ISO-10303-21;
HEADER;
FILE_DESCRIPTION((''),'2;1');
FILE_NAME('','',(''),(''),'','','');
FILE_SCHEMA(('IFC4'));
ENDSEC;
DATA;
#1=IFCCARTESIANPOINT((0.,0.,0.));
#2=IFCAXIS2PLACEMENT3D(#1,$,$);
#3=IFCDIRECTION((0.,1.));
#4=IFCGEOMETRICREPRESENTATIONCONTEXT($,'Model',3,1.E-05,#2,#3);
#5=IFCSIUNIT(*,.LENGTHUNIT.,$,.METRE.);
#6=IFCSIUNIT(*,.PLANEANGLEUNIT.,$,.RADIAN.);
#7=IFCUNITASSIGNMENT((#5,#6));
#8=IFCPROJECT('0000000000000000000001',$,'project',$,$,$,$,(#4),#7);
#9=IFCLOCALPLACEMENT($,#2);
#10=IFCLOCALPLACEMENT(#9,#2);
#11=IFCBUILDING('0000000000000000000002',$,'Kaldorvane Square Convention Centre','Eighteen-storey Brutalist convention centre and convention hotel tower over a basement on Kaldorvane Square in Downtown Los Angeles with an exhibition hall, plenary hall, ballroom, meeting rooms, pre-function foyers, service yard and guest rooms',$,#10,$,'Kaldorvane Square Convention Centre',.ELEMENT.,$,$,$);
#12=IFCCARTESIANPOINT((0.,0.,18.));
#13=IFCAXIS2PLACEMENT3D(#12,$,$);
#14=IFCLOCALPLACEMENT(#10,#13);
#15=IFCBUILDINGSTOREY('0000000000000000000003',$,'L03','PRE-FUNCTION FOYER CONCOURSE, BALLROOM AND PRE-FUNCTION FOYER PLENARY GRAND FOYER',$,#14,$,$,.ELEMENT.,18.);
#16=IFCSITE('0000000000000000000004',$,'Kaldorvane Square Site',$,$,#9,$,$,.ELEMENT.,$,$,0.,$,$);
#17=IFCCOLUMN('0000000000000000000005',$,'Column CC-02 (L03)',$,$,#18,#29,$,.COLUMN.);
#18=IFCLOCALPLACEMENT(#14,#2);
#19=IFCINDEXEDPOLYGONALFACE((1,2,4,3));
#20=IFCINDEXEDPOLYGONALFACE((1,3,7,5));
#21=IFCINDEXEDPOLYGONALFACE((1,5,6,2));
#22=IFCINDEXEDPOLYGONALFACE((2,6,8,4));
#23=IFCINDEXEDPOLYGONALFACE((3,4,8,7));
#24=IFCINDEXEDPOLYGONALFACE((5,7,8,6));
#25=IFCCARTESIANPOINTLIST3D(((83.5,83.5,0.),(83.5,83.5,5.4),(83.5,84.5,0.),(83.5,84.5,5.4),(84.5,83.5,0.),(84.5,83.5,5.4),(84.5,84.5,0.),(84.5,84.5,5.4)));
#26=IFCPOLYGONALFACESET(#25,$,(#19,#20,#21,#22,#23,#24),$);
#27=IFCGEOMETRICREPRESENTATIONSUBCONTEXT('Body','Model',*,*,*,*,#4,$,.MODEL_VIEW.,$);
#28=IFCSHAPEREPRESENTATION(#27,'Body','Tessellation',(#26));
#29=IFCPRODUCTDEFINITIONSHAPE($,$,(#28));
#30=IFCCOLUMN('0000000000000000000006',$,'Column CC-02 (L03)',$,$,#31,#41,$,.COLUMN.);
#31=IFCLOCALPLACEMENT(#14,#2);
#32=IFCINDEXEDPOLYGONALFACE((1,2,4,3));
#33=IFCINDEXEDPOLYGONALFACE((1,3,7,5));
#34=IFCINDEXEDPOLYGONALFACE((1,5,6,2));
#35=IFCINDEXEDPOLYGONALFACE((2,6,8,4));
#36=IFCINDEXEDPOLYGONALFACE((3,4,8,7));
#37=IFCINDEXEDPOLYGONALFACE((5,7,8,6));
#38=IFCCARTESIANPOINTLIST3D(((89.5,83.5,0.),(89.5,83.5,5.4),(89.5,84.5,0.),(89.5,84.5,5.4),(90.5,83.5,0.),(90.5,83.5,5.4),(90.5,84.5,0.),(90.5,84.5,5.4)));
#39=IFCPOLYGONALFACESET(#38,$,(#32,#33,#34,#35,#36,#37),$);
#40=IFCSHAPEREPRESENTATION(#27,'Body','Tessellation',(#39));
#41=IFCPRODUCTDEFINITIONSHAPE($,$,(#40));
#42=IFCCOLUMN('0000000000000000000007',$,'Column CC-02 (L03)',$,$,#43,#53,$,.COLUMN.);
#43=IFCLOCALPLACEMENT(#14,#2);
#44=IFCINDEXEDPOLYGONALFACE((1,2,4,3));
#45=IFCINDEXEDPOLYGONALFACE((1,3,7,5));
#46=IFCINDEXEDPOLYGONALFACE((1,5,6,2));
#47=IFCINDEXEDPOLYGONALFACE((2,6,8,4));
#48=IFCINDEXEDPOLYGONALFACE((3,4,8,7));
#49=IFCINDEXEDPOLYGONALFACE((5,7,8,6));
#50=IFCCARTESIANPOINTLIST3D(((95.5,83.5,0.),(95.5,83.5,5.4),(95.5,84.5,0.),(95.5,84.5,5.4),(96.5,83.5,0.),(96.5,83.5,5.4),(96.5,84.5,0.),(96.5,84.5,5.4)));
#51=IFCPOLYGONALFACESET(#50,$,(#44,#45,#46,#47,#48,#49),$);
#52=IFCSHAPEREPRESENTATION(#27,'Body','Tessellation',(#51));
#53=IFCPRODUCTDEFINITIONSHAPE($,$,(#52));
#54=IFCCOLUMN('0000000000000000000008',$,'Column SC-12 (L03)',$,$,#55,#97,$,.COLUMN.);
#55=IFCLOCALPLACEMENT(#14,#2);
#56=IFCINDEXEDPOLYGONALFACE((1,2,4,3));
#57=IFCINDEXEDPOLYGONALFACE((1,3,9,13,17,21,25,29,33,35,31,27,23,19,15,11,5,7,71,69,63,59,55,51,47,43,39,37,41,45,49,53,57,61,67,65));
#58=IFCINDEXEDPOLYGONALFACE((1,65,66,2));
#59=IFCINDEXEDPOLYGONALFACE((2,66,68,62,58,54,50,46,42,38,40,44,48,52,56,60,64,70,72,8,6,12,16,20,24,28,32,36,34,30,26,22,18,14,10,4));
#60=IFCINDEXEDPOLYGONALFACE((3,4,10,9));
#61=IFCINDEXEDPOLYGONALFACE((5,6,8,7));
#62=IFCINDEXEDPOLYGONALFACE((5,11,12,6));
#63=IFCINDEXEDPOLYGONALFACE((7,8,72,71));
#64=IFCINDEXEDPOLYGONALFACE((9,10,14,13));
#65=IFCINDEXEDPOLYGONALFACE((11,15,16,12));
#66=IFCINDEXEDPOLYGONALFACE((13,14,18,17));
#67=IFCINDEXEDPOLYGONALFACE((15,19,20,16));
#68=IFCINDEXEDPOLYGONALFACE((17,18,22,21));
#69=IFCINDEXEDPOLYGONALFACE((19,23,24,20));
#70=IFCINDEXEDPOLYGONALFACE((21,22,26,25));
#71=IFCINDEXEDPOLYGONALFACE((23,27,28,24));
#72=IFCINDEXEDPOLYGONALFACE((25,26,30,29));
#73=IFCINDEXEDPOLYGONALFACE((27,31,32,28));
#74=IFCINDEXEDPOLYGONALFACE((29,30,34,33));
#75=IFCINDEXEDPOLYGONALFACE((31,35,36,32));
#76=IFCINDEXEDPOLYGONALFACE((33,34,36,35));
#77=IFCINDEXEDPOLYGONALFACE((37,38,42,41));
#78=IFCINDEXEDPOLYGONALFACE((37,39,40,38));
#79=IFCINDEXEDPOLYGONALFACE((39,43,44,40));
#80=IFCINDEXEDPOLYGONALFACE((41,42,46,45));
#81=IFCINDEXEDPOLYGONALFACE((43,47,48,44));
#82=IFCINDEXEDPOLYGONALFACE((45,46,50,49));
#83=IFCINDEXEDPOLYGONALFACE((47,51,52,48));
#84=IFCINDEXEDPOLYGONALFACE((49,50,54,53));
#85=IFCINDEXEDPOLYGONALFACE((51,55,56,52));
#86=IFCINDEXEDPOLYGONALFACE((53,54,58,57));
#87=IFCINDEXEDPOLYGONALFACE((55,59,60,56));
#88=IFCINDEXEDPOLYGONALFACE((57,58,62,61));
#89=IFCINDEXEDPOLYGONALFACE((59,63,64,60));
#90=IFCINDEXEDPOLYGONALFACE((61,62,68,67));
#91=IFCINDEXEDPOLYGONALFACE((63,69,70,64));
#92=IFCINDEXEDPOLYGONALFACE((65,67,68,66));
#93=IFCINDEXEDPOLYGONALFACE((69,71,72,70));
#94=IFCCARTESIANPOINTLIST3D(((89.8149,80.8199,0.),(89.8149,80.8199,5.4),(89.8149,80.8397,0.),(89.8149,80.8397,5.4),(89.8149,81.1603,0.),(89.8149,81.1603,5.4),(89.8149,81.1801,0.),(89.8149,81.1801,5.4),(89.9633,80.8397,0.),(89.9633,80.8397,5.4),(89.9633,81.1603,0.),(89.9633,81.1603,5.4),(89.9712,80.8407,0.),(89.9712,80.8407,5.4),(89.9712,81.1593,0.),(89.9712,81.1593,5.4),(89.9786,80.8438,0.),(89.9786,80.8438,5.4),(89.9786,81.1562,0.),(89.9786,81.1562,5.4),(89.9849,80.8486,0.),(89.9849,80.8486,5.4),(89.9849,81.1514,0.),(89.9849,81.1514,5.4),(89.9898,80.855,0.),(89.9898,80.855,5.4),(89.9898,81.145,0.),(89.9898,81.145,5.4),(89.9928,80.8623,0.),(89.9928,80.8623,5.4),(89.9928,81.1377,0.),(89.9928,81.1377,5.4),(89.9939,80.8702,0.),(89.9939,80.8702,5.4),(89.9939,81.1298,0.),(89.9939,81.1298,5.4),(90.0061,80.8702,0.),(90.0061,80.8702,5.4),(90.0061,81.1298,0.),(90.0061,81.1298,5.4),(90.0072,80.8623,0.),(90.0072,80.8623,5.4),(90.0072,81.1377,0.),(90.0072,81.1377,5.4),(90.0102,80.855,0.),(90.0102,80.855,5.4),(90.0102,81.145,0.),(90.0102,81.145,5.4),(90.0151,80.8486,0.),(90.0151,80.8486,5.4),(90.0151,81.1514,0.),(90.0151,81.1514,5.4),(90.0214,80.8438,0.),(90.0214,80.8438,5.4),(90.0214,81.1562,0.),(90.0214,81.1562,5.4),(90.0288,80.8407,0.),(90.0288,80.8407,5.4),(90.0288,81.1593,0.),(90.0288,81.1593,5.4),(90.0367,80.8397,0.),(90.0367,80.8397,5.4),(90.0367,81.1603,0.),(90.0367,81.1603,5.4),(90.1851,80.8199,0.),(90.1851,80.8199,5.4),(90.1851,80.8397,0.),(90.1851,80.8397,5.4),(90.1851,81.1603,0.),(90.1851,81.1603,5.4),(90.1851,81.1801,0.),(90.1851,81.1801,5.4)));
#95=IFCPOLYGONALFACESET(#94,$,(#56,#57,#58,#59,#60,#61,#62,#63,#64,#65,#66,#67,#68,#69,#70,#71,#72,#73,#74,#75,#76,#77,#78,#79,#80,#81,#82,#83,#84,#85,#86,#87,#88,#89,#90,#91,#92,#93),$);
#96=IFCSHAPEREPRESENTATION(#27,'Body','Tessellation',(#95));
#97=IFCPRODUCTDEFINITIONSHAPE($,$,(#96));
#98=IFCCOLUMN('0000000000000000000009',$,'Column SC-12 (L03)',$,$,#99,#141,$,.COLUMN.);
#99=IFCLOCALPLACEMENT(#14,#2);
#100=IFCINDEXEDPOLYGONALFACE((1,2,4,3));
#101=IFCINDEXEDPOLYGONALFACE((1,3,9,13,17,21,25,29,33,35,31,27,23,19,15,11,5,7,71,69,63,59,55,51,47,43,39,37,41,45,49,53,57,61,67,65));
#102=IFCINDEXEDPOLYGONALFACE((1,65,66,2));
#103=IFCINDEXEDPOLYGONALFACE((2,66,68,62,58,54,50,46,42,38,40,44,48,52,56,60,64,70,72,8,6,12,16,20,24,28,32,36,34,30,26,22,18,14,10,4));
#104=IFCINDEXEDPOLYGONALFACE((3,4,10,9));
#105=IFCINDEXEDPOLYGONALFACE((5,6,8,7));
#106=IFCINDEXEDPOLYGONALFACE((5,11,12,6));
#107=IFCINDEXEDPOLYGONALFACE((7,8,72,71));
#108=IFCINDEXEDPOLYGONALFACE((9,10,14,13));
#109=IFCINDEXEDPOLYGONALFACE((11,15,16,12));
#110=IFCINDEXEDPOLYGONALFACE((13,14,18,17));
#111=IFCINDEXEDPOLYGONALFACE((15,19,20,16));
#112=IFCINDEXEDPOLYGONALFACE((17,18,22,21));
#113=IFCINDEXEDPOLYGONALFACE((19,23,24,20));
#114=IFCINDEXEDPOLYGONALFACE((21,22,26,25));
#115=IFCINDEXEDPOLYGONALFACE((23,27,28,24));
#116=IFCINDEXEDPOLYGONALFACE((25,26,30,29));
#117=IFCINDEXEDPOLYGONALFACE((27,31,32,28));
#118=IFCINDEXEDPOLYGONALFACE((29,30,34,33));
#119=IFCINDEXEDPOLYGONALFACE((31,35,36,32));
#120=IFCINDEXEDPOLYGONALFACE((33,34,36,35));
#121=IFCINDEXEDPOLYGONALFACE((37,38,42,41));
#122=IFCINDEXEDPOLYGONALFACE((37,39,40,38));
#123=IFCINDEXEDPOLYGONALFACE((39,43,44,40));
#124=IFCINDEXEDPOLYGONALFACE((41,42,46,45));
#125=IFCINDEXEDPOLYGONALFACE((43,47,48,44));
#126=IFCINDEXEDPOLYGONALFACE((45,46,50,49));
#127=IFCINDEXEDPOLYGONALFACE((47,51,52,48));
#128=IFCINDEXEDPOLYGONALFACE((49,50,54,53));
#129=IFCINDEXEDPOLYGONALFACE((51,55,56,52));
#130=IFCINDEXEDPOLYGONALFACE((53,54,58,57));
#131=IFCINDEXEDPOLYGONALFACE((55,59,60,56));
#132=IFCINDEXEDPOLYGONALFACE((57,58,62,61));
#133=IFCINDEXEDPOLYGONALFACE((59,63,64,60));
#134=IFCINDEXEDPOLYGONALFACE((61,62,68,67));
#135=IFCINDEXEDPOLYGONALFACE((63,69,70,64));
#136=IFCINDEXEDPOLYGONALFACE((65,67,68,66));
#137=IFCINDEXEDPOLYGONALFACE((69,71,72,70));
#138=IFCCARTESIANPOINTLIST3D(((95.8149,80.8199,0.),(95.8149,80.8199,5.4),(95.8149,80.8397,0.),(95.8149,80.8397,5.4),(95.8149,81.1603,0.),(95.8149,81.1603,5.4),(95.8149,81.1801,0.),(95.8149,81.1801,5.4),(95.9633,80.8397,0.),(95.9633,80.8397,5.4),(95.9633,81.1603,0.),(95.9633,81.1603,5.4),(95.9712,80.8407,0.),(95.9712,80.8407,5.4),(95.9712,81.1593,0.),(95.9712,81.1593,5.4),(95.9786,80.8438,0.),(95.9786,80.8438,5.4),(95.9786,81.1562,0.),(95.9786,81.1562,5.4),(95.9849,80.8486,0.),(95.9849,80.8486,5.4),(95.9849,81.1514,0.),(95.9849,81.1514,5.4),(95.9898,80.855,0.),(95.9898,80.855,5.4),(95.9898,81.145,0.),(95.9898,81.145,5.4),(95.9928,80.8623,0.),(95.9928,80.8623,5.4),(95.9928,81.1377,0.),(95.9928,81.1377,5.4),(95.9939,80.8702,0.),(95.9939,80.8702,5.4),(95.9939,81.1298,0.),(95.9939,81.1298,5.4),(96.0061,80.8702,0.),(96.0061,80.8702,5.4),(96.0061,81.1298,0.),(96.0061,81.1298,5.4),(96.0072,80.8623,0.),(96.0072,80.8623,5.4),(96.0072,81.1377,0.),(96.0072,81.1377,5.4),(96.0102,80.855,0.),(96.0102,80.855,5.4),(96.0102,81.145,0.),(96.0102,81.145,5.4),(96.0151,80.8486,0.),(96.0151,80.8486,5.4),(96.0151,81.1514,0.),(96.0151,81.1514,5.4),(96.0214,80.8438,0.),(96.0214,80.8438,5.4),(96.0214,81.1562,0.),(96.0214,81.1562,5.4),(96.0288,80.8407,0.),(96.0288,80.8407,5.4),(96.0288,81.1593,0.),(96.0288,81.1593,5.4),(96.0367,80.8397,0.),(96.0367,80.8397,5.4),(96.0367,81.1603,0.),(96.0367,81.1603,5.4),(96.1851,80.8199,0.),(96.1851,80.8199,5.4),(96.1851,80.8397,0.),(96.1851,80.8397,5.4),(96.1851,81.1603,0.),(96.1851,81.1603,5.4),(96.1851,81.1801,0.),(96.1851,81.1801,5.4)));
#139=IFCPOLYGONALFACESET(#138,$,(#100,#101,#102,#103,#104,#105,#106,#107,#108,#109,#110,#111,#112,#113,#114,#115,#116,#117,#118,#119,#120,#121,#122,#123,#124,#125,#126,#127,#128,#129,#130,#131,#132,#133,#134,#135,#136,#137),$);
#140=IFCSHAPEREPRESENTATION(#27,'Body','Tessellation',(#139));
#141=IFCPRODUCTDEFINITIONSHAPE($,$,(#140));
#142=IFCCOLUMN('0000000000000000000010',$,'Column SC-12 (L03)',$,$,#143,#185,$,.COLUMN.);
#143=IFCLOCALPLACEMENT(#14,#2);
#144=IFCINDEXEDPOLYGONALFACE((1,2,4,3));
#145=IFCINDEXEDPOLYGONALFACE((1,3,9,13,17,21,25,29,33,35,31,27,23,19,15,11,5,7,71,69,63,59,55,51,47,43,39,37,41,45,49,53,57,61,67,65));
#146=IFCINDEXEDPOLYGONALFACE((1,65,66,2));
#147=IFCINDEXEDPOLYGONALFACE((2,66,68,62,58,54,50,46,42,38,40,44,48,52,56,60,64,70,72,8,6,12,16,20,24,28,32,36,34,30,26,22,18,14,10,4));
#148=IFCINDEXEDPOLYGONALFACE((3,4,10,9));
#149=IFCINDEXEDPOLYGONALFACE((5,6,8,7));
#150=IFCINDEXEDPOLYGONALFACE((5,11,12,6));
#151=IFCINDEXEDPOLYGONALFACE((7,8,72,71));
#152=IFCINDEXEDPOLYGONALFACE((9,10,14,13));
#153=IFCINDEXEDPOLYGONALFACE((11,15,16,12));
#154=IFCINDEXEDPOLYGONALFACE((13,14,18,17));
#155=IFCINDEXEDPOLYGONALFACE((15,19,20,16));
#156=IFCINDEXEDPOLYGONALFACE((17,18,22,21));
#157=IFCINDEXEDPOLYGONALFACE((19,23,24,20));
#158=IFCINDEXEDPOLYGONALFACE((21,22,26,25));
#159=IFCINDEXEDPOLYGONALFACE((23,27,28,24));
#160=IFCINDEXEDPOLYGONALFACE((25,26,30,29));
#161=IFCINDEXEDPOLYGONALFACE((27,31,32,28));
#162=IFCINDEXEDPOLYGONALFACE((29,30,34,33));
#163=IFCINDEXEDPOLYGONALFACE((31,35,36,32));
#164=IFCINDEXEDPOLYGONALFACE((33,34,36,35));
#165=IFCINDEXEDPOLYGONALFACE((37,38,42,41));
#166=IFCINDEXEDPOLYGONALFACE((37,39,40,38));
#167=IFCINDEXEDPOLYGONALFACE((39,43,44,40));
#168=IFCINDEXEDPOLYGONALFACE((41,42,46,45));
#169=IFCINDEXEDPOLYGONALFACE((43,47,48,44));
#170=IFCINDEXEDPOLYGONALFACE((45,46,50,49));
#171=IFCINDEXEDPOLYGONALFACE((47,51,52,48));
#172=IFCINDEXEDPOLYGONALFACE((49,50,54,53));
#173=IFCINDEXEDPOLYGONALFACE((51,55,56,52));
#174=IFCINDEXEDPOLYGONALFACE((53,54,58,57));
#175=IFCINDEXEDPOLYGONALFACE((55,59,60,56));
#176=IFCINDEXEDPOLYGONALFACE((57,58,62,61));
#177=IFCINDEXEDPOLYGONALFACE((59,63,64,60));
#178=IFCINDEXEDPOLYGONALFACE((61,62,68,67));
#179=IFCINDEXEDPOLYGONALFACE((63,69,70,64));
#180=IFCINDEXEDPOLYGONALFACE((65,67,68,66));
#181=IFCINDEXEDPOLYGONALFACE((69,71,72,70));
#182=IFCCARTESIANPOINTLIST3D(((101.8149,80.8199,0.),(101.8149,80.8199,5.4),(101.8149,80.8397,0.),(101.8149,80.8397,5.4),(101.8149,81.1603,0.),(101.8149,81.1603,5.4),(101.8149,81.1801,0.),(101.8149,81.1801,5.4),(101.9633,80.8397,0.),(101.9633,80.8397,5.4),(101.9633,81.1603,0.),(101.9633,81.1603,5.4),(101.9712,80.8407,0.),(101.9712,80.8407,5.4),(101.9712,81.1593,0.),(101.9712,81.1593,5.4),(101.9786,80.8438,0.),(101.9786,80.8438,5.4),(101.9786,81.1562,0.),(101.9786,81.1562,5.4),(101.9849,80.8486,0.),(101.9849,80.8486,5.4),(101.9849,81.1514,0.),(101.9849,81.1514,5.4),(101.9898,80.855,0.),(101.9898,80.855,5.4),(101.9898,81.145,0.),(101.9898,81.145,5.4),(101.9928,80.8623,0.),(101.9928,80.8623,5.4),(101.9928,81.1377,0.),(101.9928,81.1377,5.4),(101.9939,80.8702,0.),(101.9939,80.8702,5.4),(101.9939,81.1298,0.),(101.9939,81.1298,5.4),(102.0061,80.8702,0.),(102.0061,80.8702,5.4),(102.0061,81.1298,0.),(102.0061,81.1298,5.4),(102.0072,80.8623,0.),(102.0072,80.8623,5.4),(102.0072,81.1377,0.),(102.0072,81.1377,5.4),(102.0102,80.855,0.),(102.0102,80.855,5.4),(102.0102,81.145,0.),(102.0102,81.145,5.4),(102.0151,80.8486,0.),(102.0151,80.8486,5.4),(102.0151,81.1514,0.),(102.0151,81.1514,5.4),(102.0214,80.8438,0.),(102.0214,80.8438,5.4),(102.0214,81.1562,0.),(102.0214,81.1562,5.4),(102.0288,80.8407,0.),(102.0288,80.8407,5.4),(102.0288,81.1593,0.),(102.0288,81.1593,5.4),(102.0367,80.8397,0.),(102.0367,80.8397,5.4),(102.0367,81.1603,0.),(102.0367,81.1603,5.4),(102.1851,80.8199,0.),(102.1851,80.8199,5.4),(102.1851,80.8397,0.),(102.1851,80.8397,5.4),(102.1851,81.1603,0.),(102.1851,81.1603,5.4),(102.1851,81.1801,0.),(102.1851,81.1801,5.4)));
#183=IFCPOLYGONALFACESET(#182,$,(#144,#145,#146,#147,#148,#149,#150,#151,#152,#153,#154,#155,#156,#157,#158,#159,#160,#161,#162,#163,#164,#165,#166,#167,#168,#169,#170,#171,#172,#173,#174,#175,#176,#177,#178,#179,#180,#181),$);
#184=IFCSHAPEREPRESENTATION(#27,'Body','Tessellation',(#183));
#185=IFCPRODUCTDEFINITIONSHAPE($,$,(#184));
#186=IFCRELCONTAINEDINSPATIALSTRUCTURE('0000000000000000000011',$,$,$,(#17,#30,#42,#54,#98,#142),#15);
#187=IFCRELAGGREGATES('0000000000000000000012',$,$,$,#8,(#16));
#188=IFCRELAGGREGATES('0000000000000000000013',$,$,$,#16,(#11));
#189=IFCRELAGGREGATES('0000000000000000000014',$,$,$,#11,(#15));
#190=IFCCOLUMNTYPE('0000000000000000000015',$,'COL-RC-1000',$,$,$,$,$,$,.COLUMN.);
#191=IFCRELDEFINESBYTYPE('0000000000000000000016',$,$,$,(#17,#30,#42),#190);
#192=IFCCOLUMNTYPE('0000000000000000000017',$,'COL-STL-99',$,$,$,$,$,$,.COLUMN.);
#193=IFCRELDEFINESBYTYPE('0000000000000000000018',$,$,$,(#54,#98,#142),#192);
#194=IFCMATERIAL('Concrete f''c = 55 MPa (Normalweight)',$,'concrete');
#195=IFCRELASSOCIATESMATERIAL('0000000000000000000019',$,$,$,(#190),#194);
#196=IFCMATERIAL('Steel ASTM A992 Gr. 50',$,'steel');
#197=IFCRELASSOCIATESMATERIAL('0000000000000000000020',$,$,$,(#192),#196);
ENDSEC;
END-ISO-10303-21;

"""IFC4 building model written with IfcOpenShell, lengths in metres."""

from ifc_helpers import new_model, si_unit, direction, frame, origin, origin_2d, place, context, subcontext, project, spatial, rectangle, i_section, extrude, material, material_profile, profile_set, type_object, element, save


model = new_model("IFC4")

# Units and contexts
model_context = context("Model", 3, precision=1e-05, world=origin(), true_north=direction((0.0, 1.0)))
body_context = subcontext(model_context, "Body", "Model", "MODEL_VIEW")
ifc_project = project(units=[si_unit("LENGTHUNIT", "METRE"), si_unit("PLANEANGLEUNIT", "RADIAN")], contexts=[model_context])

# Site, building, storey
site_placement = place(None, origin())
site = spatial("IfcSite", under=ifc_project, at=site_placement, Name="Kaldorvane Square Site", CompositionType="ELEMENT", RefElevation=0.0)
building_placement = place(site_placement, origin())
building = spatial("IfcBuilding", under=site, at=building_placement, Name="Kaldorvane Square Convention Centre", Description="Eighteen-storey Brutalist convention centre and convention hotel tower over a basement on Kaldorvane Square in Downtown Los Angeles with an exhibition hall, plenary hall, ballroom, meeting rooms, pre-function foyers, service yard and guest rooms", LongName="Kaldorvane Square Convention Centre", CompositionType="ELEMENT")
storey_placement = place(building_placement, frame((0.0, 0.0, 18.0)))
storey = spatial("IfcBuildingStorey", under=building, at=storey_placement, Name="L03", Description="PRE-FUNCTION FOYER CONCOURSE, BALLROOM AND PRE-FUNCTION FOYER PLENARY GRAND FOYER", CompositionType="ELEMENT", Elevation=18.0)

# Columns
ifc_material_1 = material(Name="Concrete f'c = 55 MPa (Normalweight)", Category="concrete")
ifc_material_profile_1 = material_profile(ifc_material_1, rectangle(XDim=1.0, YDim=1.0, at=origin_2d()), Name="RC1000X1000")
ifc_profile_set_1 = profile_set([ifc_material_profile_1], Name="Concrete f'c = 55 MPa (Normalweight)")
column_type_1 = type_object("IfcColumnType", Name="COL-RC-1000", PredefinedType="COLUMN", material=ifc_profile_set_1)
for number, where, z_axis, x_axis, name in (
    (1, (84.0, 84.0, 0.0), (0.0, 0.0, 1.0), (1.0, 0.0, 0.0), "Column CC-02 (L03)"),
    (2, (90.0, 84.0, 0.0), (0.0, 0.0, 1.0), (1.0, 0.0, 0.0), "Column CC-02 (L03)"),
    (3, (96.0, 84.0, 0.0), (0.0, 0.0, 1.0), (1.0, 0.0, 0.0), "Column CC-02 (L03)"),
):
    element("IfcColumn", number, at=place(storey_placement, frame(where, z_axis=z_axis, x_axis=x_axis)), inside=storey, type_object=column_type_1, Name=name, PredefinedType="COLUMN", context=body_context, shape_type="SweptSolid", body=[
        extrude(rectangle(XDim=1.0, YDim=1.0, at=origin_2d()), origin(), (0.0, 0.0, 1.0), 5.4),
    ])
ifc_material_2 = material(Name="Steel ASTM A992 Gr. 50", Category="steel")
ifc_material_profile_2 = material_profile(ifc_material_2, i_section(OverallWidth=0.3701, OverallDepth=0.3602, WebThickness=0.0123, FlangeThickness=0.0198, FilletRadius=0.0305, at=origin_2d()), Name="W14X99")
ifc_profile_set_2 = profile_set([ifc_material_profile_2], Name="Steel ASTM A992 Gr. 50")
column_type_2 = type_object("IfcColumnType", Name="COL-STL-99", PredefinedType="COLUMN", material=ifc_profile_set_2)
for number, where, z_axis, x_axis, name in (
    (4, (90.0, 81.0, 0.0), (0.0, 0.0, 1.0), (1.0, 0.0, 0.0), "Column SC-12 (L03)"),
    (5, (96.0, 81.0, 0.0), (0.0, 0.0, 1.0), (1.0, 0.0, 0.0), "Column SC-12 (L03)"),
    (6, (102.0, 81.0, 0.0), (0.0, 0.0, 1.0), (1.0, 0.0, 0.0), "Column SC-12 (L03)"),
):
    element("IfcColumn", number, at=place(storey_placement, frame(where, z_axis=z_axis, x_axis=x_axis)), inside=storey, type_object=column_type_2, Name=name, PredefinedType="COLUMN", context=body_context, shape_type="SweptSolid", body=[
        extrude(i_section(OverallWidth=0.3701, OverallDepth=0.3602, WebThickness=0.0123, FlangeThickness=0.0198, FilletRadius=0.0305, at=origin_2d()), origin(), (0.0, 0.0, 1.0), 5.4),
    ])

save(model, "model.ifc")
